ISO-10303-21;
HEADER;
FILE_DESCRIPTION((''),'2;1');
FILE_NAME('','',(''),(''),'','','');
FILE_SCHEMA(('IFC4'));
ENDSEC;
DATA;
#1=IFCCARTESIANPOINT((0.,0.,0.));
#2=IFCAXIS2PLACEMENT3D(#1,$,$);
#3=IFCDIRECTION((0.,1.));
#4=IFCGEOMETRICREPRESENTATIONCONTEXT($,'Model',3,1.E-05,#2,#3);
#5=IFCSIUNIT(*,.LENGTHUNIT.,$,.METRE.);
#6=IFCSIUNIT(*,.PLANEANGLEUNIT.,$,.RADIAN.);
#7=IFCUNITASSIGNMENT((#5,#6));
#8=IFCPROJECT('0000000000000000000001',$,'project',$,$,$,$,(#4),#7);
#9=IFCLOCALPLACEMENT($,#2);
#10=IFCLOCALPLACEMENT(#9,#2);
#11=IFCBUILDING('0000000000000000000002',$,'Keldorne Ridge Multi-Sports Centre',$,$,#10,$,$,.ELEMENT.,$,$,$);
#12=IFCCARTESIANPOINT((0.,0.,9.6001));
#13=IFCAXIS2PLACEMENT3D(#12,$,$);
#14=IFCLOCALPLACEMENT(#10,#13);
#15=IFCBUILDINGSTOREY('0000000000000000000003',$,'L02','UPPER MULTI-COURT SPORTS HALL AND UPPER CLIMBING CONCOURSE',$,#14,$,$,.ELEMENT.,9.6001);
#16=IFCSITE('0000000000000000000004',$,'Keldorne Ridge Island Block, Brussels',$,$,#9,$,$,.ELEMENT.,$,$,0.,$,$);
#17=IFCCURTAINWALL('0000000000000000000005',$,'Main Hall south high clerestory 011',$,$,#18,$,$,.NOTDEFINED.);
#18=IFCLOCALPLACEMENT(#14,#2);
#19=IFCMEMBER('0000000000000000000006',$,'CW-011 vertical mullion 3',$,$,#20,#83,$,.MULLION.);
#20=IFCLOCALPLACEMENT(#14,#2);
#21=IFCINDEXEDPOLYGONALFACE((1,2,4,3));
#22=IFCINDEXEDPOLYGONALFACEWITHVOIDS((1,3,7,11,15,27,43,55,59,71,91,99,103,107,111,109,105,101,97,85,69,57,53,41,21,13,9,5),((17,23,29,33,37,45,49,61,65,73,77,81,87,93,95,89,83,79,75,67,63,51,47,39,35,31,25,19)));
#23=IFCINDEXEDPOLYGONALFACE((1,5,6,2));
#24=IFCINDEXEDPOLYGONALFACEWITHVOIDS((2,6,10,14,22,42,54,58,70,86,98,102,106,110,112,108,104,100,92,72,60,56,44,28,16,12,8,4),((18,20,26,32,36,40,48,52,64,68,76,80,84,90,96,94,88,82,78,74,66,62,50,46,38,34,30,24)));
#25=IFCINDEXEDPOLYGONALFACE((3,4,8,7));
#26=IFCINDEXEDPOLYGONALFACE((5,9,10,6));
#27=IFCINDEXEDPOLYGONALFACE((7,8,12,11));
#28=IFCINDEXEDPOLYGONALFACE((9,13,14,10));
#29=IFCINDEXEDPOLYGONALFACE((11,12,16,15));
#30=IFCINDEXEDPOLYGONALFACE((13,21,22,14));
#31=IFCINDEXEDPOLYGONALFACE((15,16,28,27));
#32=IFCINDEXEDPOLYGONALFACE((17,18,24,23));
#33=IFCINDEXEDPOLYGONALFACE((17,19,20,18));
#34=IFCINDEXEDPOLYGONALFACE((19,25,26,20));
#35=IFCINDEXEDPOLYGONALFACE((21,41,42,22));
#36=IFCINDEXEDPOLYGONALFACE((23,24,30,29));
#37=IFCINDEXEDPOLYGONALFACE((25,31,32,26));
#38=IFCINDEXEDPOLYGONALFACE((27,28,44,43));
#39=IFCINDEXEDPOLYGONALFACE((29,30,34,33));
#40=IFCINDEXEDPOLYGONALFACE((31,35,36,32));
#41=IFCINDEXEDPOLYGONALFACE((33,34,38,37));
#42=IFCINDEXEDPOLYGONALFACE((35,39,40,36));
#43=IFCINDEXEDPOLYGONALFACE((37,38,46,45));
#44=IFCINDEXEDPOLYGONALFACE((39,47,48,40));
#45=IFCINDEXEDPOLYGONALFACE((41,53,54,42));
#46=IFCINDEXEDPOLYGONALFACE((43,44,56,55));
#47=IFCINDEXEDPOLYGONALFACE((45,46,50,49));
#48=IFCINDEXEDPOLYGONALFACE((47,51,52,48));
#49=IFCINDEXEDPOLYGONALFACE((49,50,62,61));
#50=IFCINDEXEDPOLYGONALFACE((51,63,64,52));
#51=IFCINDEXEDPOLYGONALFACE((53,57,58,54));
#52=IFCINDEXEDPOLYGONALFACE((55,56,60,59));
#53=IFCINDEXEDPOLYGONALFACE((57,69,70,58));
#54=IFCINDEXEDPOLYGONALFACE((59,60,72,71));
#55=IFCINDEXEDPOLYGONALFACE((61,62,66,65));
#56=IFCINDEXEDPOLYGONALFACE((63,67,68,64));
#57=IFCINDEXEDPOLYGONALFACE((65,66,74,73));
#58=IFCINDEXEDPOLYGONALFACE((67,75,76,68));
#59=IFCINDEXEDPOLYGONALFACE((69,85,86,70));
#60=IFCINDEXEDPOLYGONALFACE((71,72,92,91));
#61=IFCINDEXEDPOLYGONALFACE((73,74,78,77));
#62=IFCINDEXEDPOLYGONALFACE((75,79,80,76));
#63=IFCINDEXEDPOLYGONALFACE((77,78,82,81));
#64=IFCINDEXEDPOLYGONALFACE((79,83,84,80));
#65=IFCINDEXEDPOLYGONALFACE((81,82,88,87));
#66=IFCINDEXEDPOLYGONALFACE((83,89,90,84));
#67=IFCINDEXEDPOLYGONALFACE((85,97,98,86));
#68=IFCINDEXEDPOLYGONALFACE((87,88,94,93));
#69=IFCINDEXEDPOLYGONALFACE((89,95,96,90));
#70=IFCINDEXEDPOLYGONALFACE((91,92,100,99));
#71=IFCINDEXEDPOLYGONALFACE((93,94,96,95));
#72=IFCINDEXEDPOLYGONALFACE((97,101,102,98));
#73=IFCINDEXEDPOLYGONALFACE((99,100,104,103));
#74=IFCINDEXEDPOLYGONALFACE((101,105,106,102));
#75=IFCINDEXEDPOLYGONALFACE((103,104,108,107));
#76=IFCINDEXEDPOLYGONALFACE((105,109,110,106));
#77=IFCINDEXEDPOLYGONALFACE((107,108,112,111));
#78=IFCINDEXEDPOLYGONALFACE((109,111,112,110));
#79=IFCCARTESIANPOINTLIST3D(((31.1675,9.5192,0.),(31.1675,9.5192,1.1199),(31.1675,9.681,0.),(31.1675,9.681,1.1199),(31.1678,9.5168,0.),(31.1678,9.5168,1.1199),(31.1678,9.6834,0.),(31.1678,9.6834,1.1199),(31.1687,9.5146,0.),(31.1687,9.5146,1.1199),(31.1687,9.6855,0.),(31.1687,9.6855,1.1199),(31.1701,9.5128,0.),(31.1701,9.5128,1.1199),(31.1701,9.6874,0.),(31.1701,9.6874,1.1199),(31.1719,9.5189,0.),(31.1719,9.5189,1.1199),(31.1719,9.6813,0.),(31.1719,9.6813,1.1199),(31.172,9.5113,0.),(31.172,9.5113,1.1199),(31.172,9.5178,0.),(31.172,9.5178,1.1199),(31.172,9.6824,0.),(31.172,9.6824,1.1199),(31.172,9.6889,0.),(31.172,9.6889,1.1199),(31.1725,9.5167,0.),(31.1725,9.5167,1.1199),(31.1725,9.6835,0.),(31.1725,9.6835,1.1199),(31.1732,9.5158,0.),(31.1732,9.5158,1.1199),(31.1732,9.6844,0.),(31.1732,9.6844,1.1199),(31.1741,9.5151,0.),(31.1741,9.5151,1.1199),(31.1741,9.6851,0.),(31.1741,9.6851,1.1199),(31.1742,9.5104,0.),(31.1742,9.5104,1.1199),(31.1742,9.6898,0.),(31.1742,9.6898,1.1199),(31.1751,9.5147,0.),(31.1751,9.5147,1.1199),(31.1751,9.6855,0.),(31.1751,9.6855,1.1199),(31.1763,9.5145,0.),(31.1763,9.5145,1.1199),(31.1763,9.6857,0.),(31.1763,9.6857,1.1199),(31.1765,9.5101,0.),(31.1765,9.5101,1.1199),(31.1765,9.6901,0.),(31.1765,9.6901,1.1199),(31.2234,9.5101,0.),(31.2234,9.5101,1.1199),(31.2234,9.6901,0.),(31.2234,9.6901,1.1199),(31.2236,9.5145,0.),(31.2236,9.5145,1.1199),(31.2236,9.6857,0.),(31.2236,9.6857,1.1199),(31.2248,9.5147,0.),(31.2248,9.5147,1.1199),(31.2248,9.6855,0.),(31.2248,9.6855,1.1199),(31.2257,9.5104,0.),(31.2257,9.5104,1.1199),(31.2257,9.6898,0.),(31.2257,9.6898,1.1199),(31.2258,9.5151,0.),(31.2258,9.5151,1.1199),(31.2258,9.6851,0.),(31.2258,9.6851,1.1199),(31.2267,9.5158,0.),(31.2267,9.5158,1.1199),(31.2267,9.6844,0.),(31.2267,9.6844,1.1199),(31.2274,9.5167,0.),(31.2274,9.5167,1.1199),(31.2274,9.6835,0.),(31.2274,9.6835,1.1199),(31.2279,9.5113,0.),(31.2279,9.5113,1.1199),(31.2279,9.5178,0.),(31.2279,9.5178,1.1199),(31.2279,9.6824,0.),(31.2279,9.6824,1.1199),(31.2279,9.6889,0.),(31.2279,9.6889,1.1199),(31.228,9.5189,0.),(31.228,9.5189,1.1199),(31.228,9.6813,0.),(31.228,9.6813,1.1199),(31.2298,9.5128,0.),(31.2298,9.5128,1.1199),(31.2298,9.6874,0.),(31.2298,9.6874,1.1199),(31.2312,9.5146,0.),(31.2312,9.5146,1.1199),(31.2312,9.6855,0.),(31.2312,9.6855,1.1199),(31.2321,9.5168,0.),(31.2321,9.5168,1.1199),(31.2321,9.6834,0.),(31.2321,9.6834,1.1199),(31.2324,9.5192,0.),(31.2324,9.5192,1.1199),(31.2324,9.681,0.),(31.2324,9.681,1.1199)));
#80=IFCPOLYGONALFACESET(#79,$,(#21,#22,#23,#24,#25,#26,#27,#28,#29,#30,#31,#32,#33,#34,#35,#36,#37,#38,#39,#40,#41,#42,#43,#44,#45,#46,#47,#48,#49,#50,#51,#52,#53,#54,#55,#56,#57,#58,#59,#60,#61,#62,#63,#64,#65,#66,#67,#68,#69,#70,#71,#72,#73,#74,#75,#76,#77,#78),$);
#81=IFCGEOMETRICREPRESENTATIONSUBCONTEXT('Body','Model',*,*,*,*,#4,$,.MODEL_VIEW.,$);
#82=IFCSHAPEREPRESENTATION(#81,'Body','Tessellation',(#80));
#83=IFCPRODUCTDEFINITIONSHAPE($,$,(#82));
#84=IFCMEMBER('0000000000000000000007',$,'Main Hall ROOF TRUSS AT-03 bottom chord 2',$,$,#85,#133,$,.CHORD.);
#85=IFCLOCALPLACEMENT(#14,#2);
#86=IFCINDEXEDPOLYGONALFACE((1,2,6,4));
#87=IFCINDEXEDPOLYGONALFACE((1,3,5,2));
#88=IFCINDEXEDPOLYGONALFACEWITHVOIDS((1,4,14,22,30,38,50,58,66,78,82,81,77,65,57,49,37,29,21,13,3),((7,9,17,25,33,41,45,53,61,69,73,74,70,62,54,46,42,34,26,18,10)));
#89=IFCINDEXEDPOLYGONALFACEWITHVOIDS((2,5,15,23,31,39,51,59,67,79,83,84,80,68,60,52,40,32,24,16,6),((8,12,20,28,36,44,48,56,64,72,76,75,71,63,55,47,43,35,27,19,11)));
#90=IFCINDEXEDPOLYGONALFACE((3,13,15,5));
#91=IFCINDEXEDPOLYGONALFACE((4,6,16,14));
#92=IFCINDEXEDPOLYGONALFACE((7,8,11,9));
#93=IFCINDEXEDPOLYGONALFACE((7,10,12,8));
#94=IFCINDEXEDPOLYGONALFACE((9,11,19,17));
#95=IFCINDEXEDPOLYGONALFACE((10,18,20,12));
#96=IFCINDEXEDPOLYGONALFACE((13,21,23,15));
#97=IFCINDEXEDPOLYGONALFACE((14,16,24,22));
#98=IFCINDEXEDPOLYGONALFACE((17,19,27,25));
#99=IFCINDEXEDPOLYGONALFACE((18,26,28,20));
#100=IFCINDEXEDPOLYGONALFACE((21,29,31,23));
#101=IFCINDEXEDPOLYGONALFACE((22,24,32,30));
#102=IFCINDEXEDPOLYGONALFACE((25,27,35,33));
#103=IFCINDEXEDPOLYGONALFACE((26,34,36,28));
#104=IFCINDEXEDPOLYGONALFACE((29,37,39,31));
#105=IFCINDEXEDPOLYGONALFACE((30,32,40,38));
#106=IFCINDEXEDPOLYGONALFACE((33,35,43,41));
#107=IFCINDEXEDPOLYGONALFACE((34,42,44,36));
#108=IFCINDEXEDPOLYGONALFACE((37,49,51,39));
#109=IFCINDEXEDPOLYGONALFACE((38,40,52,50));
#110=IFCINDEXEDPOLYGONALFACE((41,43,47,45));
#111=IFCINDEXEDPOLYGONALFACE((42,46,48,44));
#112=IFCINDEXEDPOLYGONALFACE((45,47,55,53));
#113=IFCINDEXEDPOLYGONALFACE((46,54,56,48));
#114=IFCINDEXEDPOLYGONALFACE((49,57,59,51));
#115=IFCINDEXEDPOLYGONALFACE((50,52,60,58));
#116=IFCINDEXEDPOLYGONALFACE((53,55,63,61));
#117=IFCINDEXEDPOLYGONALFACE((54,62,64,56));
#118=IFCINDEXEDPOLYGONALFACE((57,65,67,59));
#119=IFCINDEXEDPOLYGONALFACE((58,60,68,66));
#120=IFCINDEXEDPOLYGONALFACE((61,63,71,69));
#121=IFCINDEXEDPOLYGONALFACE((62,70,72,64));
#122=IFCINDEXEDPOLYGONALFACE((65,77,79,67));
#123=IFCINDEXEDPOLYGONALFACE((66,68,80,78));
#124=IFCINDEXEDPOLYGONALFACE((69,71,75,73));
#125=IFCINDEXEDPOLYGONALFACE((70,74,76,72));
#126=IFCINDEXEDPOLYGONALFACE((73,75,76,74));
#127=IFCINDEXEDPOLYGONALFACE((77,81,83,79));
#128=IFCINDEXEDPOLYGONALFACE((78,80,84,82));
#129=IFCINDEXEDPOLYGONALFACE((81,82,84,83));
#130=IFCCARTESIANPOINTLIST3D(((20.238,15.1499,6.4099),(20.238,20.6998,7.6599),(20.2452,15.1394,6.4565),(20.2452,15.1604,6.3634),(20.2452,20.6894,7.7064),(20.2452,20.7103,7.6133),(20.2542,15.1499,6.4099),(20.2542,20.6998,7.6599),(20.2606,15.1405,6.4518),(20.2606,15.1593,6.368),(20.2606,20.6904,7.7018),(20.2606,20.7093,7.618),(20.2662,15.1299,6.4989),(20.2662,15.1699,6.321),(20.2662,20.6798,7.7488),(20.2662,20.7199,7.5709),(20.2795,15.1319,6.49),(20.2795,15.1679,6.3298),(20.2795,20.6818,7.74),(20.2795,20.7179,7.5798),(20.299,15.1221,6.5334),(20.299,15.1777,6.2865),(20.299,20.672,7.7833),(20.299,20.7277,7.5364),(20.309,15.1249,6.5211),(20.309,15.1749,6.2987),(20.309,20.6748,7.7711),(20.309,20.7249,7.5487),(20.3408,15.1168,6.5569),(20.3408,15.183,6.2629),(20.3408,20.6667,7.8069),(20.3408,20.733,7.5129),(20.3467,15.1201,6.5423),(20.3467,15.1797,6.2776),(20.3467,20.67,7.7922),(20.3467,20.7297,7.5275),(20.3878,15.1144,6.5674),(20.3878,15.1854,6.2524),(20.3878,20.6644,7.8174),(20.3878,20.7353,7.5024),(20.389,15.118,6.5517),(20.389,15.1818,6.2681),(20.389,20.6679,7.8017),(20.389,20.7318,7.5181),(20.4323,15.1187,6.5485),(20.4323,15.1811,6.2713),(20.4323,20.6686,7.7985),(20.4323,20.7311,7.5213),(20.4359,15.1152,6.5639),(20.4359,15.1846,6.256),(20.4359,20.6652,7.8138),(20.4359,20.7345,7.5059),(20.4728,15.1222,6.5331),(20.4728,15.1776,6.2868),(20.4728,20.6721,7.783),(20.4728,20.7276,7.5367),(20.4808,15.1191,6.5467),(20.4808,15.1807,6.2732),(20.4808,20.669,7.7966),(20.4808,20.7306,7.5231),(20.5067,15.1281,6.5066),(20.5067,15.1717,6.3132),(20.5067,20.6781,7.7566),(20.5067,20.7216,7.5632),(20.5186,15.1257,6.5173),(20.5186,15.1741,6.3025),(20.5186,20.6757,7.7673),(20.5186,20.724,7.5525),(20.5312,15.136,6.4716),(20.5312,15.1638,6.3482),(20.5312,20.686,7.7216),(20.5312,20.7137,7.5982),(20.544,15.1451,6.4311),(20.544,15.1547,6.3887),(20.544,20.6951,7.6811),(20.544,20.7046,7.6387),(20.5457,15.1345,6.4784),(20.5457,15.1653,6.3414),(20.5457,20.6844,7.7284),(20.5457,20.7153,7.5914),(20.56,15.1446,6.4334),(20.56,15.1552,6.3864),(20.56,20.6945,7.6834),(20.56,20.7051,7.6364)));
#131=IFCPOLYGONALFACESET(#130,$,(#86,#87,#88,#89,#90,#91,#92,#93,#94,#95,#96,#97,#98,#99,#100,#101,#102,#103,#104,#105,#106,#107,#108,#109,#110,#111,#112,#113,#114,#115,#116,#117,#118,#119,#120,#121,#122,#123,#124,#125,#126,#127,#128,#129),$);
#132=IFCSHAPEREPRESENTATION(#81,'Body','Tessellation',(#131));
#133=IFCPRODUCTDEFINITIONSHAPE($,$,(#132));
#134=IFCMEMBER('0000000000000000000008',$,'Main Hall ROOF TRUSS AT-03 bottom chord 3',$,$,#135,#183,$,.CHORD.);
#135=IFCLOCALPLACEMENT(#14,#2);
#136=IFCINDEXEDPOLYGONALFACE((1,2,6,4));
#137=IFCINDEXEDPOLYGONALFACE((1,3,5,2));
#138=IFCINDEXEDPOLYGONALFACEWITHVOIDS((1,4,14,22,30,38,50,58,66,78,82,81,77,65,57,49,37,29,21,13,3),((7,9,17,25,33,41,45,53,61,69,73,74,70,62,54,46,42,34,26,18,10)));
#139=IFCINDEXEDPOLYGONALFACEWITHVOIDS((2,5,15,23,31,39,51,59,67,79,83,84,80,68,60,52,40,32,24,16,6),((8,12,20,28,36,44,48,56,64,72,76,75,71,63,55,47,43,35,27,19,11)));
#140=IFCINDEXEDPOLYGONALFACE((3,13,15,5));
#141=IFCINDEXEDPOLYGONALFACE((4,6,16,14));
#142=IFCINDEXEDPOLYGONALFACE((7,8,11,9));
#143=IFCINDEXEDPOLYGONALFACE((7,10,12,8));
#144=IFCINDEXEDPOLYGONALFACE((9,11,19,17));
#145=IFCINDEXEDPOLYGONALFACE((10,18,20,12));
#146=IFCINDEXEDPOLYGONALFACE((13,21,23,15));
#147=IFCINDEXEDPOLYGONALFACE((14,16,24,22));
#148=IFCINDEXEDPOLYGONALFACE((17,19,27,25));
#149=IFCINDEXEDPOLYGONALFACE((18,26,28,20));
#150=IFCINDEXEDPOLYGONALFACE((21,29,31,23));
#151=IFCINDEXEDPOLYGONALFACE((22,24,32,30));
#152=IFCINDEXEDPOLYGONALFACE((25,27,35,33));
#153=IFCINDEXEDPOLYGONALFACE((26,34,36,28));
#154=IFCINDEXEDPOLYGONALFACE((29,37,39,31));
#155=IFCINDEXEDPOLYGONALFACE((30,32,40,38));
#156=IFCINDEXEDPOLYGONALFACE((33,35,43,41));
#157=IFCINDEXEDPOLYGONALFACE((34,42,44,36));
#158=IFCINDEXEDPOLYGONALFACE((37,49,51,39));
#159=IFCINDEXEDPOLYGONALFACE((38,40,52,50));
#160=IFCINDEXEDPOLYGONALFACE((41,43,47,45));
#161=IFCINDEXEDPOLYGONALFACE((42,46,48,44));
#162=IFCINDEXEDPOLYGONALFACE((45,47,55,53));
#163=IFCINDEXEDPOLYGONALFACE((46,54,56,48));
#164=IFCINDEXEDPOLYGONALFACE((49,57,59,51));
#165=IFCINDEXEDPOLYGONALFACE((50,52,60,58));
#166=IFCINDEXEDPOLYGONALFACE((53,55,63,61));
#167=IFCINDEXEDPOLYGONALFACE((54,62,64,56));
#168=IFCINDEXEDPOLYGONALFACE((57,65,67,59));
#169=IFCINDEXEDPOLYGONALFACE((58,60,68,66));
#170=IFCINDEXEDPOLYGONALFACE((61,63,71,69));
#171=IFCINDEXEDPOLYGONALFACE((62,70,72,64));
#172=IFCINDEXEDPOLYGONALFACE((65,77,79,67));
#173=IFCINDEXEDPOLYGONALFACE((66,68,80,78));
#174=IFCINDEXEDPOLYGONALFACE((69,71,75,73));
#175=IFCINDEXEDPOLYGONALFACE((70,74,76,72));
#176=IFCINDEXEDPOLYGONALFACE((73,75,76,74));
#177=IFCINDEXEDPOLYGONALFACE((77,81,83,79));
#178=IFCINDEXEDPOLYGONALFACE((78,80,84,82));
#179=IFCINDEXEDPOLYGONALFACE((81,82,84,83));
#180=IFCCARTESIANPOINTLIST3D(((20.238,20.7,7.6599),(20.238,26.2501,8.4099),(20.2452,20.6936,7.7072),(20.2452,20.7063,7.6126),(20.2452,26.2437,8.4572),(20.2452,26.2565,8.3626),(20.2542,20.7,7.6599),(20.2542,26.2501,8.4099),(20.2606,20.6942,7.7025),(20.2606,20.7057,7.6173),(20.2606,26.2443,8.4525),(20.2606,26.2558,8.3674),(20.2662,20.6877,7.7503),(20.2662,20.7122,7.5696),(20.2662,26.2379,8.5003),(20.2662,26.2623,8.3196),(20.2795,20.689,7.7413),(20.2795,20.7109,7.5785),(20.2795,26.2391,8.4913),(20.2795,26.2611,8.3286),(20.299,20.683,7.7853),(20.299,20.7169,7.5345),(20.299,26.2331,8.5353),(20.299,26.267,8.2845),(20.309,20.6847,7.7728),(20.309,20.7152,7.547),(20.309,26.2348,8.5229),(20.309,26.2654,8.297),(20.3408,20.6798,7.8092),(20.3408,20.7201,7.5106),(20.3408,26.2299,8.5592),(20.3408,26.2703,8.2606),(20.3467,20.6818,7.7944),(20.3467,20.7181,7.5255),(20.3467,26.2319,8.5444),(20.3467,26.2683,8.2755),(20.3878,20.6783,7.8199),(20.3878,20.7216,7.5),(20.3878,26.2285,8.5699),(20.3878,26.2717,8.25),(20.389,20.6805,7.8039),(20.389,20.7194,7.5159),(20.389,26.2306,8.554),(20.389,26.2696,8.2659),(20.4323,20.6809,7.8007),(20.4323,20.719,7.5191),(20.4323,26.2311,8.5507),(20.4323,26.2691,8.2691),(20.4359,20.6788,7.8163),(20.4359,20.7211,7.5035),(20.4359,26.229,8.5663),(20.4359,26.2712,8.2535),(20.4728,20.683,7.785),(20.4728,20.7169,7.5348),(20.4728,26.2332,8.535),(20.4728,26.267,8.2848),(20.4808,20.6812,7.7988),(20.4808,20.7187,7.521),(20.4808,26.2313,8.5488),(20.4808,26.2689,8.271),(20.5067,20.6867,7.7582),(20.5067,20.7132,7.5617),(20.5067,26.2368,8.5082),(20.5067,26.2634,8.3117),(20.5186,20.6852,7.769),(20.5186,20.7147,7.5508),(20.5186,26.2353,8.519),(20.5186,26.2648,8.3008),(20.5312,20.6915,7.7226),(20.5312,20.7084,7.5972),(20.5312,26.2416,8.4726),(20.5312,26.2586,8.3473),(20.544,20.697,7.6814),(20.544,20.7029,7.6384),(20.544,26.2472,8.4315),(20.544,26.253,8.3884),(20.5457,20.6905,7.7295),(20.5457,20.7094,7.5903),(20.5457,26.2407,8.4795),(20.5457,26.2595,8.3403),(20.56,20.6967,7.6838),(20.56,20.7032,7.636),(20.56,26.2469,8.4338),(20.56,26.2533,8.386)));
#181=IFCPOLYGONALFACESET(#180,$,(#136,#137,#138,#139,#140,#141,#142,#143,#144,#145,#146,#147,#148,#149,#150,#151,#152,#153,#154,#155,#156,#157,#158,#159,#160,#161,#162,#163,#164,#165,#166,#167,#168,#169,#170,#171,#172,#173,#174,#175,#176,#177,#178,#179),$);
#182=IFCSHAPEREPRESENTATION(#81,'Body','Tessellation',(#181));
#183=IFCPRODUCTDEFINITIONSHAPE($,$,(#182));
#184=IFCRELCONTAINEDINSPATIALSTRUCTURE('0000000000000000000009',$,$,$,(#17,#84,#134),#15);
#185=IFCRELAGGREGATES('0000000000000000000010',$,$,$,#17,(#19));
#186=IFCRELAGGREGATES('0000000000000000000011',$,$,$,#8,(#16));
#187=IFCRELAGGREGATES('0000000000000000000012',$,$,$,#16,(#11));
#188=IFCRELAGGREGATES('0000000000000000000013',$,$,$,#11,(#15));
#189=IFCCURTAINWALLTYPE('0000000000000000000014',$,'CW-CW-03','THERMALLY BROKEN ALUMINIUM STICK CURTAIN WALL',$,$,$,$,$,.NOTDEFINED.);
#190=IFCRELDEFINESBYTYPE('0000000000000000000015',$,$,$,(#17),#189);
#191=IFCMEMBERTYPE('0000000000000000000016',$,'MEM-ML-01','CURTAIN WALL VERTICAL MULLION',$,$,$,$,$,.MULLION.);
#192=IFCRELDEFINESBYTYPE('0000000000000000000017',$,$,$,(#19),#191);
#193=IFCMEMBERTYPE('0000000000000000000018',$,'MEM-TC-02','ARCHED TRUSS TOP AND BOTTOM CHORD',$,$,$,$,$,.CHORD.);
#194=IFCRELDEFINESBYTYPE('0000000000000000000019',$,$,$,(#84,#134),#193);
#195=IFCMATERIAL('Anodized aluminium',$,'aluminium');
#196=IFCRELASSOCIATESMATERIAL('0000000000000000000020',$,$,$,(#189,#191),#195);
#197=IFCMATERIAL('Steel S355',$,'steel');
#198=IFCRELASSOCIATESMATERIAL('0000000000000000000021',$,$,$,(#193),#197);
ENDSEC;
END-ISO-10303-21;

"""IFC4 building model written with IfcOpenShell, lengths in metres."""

from ifc_helpers import new_model, si_unit, direction, frame, origin, origin_2d, place, context, subcontext, project, spatial, hollow_rectangle, hollow_circle, extrude, material, material_profile, profile_set, type_object, element, aggregate, save


model = new_model("IFC4")

# Units and contexts
model_context = context("Model", 3, precision=1e-05, world=origin(), true_north=direction((0.0, 1.0)))
body_context = subcontext(model_context, "Body", "Model", "MODEL_VIEW")
ifc_project = project(units=[si_unit("LENGTHUNIT", "METRE"), si_unit("PLANEANGLEUNIT", "RADIAN")], contexts=[model_context])

# Site, building, storey
site_placement = place(None, origin())
site = spatial("IfcSite", under=ifc_project, at=site_placement, Name="Keldorne Ridge Island Block, Brussels", CompositionType="ELEMENT", RefElevation=0.0)
building_placement = place(site_placement, origin())
building = spatial("IfcBuilding", under=site, at=building_placement, Name="Keldorne Ridge Multi-Sports Centre", CompositionType="ELEMENT")
storey_placement = place(building_placement, frame((0.0, 0.0, 9.6001)))
storey = spatial("IfcBuildingStorey", under=building, at=storey_placement, Name="L02", Description="UPPER MULTI-COURT SPORTS HALL AND UPPER CLIMBING CONCOURSE", CompositionType="ELEMENT", Elevation=9.6001)

# Curtain wall, member
ifc_material_1 = material(Name="Anodized aluminium", Category="aluminium")
curtain_wall_type = type_object("IfcCurtainWallType", Name="CW-CW-03", Description="THERMALLY BROKEN ALUMINIUM STICK CURTAIN WALL", PredefinedType="NOTDEFINED", material=ifc_material_1)
curtain_wall_placement = place(storey_placement, origin())
curtain_wall = element("IfcCurtainWall", 1, at=curtain_wall_placement, inside=storey, type_object=curtain_wall_type, Name="Main Hall south high clerestory 011", PredefinedType="NOTDEFINED")
ifc_material_profile_1 = material_profile(ifc_material_1, hollow_rectangle(XDim=0.0649, YDim=0.1799, WallThickness=0.0044, InnerFilletRadius=0.0044, OuterFilletRadius=0.009, at=origin_2d()), Name="ALU MULLION 180x65x4.5")
ifc_profile_set_1 = profile_set([ifc_material_profile_1], Name="Anodized aluminium")
member_type_1 = type_object("IfcMemberType", Name="MEM-ML-01", Description="CURTAIN WALL VERTICAL MULLION", PredefinedType="MULLION", material=ifc_profile_set_1)
member_1_placement = place(storey_placement, frame((31.2, 9.6001, 0.0), z_axis=(0.0, 0.0, 1.0), x_axis=(1.0, 0.0, 0.0)))
member_1 = element("IfcMember", 2, at=member_1_placement, type_object=member_type_1, Name="CW-011 vertical mullion 3", PredefinedType="MULLION", context=body_context, shape_type="SweptSolid", body=[
    extrude(hollow_rectangle(XDim=0.0649, YDim=0.1799, WallThickness=0.0044, InnerFilletRadius=0.0044, OuterFilletRadius=0.009, at=origin_2d()), origin(), (0.0, 0.0, 1.0), 1.1199),
])

# Members
ifc_material_2 = material(Name="Steel S355", Category="steel")
ifc_material_profile_2 = material_profile(ifc_material_2, hollow_circle(Radius=0.1619, WallThickness=0.0161, at=origin_2d()), Name="CHS 323.9x16")
ifc_profile_set_2 = profile_set([ifc_material_profile_2], Name="Steel S355")
member_type_2 = type_object("IfcMemberType", Name="MEM-TC-02", Description="ARCHED TRUSS TOP AND BOTTOM CHORD", PredefinedType="CHORD", material=ifc_profile_set_2)
member_2_placement = place(storey_placement, frame((20.3999, 15.1499, 6.4099), z_axis=(0.0, 0.975563, 0.219719), x_axis=(-1.0, 0.0, 0.0)))
element("IfcMember", 3, at=member_2_placement, inside=storey, type_object=member_type_2, Name="Main Hall ROOF TRUSS AT-03 bottom chord 2", PredefinedType="CHORD", context=body_context, shape_type="SweptSolid", body=[
    extrude(hollow_circle(Radius=0.1619, WallThickness=0.0161, at=origin_2d()), origin(), (0.0, 0.0, 1.0), 5.689),
])
member_3_placement = place(storey_placement, frame((20.3999, 20.7, 7.6599), z_axis=(0.0, 0.990993, 0.133917), x_axis=(-1.0, 0.0, 0.0)))
element("IfcMember", 4, at=member_3_placement, inside=storey, type_object=member_type_2, Name="Main Hall ROOF TRUSS AT-03 bottom chord 3", PredefinedType="CHORD", context=body_context, shape_type="SweptSolid", body=[
    extrude(hollow_circle(Radius=0.1619, WallThickness=0.0161, at=origin_2d()), origin(), (0.0, 0.0, 1.0), 5.6006),
])

aggregate(curtain_wall, [member_1])

save(model, "model.ifc")
